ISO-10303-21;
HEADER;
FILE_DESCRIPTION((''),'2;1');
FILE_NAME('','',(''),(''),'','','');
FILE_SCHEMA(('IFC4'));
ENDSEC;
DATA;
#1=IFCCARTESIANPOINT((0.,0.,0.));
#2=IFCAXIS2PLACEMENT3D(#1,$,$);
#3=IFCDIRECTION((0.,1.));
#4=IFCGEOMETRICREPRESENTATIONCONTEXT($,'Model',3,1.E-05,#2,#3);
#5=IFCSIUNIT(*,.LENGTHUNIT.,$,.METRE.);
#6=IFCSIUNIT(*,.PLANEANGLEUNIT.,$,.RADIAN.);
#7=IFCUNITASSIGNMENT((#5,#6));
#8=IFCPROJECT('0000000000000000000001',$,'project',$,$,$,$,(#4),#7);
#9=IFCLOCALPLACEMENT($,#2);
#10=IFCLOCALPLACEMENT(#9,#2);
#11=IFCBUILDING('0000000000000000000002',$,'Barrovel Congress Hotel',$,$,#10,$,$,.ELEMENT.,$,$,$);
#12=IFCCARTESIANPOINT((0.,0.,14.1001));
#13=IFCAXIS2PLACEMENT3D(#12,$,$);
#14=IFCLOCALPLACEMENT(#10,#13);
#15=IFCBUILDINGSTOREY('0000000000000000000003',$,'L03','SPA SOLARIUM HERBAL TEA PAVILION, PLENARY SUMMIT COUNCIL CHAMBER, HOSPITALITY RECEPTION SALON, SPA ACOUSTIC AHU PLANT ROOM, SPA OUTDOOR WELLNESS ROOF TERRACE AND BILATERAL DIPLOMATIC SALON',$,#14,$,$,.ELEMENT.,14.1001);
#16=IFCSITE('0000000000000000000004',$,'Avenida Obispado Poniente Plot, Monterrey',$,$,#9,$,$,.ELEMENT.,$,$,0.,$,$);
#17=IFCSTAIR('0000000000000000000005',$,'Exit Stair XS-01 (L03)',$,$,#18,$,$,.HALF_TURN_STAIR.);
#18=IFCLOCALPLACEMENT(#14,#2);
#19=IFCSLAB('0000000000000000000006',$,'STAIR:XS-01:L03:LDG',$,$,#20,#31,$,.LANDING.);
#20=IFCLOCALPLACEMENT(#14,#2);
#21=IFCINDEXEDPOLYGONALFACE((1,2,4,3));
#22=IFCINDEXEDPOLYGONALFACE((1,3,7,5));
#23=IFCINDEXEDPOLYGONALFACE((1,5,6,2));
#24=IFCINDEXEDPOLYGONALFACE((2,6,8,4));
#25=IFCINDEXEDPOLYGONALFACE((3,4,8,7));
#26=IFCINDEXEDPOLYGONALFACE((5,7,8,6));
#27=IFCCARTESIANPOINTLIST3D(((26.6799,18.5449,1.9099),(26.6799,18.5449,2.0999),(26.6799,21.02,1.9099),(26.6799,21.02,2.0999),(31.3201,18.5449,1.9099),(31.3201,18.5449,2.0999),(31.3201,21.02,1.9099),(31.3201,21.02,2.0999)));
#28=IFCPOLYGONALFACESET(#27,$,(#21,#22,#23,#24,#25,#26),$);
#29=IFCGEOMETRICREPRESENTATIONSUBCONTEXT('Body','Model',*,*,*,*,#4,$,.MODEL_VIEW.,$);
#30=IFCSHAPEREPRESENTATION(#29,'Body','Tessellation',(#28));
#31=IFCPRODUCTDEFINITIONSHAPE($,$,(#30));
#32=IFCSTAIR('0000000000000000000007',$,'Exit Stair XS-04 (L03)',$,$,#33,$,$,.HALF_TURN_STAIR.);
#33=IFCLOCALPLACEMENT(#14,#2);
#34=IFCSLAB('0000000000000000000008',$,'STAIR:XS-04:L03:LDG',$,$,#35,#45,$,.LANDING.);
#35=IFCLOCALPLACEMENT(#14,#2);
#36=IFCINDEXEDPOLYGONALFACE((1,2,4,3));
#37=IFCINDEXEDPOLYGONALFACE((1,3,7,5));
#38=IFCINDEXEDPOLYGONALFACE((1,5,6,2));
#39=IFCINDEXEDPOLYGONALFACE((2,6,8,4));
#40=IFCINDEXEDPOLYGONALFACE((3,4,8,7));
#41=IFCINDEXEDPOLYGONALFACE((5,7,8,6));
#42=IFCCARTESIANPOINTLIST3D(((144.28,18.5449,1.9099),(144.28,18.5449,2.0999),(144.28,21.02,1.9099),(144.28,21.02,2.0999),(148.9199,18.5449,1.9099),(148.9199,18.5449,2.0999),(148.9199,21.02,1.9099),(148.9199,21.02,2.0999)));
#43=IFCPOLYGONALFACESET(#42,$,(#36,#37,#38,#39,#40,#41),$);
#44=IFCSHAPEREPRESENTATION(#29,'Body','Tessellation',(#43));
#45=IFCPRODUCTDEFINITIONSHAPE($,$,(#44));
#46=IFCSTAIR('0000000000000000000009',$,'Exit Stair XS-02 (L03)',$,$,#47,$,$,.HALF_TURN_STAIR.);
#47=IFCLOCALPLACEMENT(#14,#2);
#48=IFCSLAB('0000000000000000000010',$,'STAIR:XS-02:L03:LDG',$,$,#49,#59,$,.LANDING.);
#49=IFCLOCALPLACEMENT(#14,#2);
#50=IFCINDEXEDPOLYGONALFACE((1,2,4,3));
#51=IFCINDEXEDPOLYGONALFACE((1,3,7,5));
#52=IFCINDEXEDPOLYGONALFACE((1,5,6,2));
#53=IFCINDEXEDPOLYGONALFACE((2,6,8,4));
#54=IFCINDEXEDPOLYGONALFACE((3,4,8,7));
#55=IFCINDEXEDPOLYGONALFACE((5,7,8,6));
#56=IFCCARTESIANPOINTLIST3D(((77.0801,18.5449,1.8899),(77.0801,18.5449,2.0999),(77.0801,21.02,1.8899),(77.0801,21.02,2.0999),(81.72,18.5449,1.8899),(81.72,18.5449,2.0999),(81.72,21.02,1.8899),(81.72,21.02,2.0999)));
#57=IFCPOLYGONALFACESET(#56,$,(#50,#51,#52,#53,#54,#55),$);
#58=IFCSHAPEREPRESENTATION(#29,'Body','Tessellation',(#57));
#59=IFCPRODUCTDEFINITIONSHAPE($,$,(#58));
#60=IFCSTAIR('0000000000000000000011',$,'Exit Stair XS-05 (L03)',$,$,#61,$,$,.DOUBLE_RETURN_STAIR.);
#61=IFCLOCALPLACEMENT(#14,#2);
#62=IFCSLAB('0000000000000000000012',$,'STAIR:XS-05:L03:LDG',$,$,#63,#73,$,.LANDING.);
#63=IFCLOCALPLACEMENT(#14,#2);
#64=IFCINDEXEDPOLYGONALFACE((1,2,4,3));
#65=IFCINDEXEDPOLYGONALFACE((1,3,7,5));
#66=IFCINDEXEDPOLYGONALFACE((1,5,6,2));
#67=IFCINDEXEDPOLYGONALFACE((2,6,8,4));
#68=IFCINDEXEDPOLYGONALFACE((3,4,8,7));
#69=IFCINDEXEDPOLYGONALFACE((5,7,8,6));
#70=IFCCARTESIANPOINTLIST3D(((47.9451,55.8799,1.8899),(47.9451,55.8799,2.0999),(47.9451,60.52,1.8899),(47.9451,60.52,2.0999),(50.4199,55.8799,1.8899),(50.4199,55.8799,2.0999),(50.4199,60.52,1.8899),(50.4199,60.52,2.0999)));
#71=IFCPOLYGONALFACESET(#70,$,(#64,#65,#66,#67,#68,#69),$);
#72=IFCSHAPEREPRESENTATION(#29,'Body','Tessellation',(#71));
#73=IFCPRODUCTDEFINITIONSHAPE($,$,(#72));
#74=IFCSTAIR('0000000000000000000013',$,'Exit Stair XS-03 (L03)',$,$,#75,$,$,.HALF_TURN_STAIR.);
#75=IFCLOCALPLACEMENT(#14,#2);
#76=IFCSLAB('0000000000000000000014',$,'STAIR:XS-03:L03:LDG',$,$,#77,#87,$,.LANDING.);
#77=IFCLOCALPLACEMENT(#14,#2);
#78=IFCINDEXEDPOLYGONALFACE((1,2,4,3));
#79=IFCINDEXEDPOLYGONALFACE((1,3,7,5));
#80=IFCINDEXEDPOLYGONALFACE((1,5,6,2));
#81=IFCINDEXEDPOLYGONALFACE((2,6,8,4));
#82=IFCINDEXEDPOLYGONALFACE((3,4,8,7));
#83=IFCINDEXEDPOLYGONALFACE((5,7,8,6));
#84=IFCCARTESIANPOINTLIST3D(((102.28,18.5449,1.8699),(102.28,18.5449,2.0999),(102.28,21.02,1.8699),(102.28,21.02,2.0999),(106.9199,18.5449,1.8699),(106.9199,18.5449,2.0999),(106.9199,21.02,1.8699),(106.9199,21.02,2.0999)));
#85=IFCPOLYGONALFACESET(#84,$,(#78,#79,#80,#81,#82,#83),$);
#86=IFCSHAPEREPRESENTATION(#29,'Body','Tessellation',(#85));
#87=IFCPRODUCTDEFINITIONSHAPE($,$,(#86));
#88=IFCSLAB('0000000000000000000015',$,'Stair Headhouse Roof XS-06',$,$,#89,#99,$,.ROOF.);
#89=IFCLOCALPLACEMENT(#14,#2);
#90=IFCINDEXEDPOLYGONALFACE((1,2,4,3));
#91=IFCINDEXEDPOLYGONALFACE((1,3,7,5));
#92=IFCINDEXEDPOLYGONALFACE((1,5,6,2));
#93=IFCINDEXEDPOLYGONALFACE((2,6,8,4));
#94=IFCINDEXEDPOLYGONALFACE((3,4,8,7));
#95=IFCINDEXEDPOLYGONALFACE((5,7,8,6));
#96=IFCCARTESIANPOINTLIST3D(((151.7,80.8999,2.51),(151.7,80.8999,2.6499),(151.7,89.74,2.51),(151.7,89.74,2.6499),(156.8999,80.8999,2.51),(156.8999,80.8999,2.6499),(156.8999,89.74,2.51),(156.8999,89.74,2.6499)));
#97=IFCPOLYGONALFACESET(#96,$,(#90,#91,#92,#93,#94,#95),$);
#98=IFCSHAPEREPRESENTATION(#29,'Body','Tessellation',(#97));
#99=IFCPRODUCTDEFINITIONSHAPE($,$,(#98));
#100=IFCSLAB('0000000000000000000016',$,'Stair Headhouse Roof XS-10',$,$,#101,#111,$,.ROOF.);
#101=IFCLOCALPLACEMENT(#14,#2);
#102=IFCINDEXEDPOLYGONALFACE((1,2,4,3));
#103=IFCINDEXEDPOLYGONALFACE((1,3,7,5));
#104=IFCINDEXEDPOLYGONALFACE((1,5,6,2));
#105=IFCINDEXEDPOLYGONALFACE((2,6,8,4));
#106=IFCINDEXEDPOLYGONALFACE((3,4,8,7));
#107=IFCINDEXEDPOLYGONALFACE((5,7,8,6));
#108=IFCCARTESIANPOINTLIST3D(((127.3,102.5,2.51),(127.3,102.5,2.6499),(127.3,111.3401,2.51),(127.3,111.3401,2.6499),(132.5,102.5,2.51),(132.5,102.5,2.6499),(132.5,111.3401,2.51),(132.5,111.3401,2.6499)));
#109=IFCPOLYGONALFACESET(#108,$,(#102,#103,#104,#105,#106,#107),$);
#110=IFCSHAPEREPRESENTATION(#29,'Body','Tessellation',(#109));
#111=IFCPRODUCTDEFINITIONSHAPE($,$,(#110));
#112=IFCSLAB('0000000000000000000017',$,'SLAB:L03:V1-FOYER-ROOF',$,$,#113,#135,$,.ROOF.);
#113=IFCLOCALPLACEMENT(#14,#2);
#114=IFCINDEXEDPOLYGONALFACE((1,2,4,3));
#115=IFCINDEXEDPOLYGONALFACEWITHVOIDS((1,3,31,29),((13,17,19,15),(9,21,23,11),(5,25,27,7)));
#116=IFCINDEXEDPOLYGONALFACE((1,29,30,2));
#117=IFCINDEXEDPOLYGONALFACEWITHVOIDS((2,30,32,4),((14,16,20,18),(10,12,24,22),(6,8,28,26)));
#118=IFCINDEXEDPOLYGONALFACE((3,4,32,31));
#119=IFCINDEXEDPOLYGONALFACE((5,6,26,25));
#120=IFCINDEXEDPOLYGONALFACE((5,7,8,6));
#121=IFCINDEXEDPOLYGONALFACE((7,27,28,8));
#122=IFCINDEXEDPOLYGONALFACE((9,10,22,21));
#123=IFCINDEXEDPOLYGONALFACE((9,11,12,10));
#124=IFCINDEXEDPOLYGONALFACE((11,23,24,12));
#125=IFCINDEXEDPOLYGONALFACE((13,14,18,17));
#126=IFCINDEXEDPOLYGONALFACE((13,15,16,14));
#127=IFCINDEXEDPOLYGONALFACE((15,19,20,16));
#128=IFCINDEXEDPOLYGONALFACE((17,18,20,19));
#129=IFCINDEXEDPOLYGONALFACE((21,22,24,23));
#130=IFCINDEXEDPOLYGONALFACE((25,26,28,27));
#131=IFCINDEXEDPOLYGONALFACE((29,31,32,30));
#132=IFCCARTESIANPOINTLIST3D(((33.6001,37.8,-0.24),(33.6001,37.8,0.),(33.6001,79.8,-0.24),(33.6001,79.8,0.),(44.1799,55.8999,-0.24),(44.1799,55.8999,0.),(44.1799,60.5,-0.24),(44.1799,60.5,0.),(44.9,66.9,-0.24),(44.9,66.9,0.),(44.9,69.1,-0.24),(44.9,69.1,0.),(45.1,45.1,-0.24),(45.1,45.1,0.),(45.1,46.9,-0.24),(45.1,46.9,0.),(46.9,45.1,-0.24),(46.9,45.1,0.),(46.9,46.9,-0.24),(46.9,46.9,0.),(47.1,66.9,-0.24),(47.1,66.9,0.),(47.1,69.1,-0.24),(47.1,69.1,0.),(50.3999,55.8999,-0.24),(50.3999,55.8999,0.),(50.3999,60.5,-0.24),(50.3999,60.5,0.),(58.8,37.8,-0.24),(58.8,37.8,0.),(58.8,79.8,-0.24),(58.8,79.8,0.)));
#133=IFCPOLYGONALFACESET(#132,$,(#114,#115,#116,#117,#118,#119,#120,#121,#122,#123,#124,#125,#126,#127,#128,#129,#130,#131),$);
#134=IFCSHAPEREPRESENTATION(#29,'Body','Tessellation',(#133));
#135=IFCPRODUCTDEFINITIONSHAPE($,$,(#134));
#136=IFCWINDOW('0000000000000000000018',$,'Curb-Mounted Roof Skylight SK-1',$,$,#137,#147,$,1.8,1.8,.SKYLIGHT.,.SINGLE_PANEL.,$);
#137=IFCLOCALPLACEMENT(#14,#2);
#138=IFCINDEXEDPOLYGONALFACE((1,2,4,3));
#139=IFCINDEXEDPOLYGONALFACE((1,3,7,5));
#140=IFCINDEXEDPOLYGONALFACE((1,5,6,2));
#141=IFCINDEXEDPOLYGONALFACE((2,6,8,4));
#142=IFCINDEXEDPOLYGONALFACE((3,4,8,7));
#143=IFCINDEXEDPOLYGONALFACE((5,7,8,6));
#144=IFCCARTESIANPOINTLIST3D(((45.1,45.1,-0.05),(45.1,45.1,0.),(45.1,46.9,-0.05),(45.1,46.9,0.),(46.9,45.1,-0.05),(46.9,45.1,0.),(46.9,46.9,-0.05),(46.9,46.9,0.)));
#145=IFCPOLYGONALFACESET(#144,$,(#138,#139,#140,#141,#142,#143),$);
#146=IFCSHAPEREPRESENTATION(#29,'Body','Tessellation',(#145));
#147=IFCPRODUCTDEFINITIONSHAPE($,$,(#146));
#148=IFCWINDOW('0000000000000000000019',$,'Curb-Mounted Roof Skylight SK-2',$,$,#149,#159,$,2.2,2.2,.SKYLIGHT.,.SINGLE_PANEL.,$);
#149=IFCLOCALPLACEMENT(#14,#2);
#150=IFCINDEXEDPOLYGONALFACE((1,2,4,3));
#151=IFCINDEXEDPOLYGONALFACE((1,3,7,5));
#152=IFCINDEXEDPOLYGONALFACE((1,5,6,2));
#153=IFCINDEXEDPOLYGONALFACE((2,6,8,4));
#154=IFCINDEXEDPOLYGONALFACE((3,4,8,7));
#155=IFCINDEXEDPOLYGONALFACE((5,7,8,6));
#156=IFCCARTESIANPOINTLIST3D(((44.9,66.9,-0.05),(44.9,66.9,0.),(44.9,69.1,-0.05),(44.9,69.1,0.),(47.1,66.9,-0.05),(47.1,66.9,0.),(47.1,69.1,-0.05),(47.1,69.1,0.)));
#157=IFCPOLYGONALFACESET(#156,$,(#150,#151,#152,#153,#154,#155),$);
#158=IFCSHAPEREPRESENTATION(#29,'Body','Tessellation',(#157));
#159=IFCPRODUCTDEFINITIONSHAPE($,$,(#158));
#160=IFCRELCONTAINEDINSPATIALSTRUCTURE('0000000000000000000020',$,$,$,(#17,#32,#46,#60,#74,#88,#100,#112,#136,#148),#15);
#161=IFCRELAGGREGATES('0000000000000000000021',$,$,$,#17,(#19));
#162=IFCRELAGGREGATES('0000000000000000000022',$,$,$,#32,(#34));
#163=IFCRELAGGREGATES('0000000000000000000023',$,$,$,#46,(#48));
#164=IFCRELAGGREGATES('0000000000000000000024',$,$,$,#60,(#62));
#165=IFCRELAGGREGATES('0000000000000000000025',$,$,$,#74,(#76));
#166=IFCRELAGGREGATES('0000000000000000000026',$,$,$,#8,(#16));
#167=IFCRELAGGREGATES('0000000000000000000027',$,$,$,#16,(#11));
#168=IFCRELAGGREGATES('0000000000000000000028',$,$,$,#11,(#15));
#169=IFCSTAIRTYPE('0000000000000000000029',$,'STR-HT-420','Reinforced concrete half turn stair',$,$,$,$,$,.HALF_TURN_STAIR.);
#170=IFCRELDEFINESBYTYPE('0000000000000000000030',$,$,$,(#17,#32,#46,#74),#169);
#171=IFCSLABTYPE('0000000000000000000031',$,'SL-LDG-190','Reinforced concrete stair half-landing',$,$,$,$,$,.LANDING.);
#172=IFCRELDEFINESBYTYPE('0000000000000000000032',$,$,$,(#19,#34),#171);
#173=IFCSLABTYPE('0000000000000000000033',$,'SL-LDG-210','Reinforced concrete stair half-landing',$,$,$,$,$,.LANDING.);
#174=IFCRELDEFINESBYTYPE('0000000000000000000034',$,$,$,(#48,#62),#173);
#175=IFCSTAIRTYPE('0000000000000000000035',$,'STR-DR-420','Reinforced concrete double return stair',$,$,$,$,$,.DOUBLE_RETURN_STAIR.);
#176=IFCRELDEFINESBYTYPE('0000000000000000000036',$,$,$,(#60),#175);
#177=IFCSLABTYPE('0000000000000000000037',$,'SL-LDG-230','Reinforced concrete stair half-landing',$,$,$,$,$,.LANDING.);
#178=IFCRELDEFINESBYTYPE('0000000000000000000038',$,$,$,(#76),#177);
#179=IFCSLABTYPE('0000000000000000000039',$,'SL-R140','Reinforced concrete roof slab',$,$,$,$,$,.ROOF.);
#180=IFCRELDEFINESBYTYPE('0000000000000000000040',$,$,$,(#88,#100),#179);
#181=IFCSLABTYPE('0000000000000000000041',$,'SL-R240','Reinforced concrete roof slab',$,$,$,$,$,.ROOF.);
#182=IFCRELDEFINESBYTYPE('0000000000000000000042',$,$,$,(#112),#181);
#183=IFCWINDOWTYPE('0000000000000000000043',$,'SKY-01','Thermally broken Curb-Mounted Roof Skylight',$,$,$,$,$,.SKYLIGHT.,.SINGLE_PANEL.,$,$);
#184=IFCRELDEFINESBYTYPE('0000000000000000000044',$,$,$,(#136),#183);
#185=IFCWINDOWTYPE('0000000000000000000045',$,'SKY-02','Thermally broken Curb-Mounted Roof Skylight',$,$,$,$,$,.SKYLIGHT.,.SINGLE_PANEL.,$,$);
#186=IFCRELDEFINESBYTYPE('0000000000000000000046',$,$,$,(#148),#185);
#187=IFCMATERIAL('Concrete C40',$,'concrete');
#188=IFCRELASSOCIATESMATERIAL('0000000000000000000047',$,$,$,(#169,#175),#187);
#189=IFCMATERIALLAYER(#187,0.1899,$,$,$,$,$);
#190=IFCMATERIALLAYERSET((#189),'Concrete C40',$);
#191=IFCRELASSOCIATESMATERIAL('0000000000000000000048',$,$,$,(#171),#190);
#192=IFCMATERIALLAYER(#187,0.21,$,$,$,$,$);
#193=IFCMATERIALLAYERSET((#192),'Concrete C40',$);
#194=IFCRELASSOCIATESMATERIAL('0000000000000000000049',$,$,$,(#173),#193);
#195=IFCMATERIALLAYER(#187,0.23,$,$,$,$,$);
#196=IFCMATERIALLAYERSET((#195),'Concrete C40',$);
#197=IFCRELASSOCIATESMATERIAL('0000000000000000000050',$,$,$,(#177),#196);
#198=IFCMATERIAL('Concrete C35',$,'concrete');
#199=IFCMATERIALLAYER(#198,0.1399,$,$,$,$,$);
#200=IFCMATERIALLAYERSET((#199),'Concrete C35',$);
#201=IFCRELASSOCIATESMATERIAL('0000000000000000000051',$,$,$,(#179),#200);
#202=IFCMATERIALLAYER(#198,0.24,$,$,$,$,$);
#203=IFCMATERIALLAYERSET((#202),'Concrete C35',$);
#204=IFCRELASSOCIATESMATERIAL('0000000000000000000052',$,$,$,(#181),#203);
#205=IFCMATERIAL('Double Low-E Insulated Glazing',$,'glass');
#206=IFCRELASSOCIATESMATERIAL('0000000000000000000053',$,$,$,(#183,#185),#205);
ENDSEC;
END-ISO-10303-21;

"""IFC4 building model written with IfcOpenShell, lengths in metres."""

from ifc_helpers import new_model, si_unit, direction, frame, origin, origin_2d, place, context, subcontext, project, spatial, polyline, rectangle, outline, extrude, material, layer, layer_set, type_object, element, fill, aggregate, save


model = new_model("IFC4")

# Units and contexts
model_context = context("Model", 3, precision=1e-05, world=origin(), true_north=direction((0.0, 1.0)))
body_context = subcontext(model_context, "Body", "Model", "MODEL_VIEW")
ifc_project = project(units=[si_unit("LENGTHUNIT", "METRE"), si_unit("PLANEANGLEUNIT", "RADIAN")], contexts=[model_context])

# Site, building, storey
site_placement = place(None, origin())
site = spatial("IfcSite", under=ifc_project, at=site_placement, Name="Avenida Obispado Poniente Plot, Monterrey", CompositionType="ELEMENT", RefElevation=0.0)
building_placement = place(site_placement, origin())
building = spatial("IfcBuilding", under=site, at=building_placement, Name="Barrovel Congress Hotel", CompositionType="ELEMENT")
storey_placement = place(building_placement, frame((0.0, 0.0, 14.1001)))
storey = spatial("IfcBuildingStorey", under=building, at=storey_placement, Name="L03", Description="SPA SOLARIUM HERBAL TEA PAVILION, PLENARY SUMMIT COUNCIL CHAMBER, HOSPITALITY RECEPTION SALON, SPA ACOUSTIC AHU PLANT ROOM, SPA OUTDOOR WELLNESS ROOF TERRACE AND BILATERAL DIPLOMATIC SALON", CompositionType="ELEMENT", Elevation=14.1001)

# Shared definitions
ifc_material_1 = material(Name="Concrete C40", Category="concrete")

# Shared definitions
ifc_material_2 = material(Name="Concrete C35", Category="concrete")

# Stairs, slabs
stair_type_1 = type_object("IfcStairType", Name="STR-HT-420", Description="Reinforced concrete half turn stair", PredefinedType="HALF_TURN_STAIR", material=ifc_material_1)
stair_1_placement = place(storey_placement, origin())
stair_1 = element("IfcStair", 1, at=stair_1_placement, inside=storey, type_object=stair_type_1, Name="Exit Stair XS-01 (L03)", PredefinedType="HALF_TURN_STAIR")
ifc_layer_1 = layer(ifc_material_1, 0.1899)
ifc_layer_set_1 = layer_set([ifc_layer_1], Name="Concrete C40")
slab_type_1 = type_object("IfcSlabType", Name="SL-LDG-190", Description="Reinforced concrete stair half-landing", PredefinedType="LANDING", material=ifc_layer_set_1)
slab_1_placement = place(storey_placement, frame((0.0, 0.0, 1.9099)))
slab_1 = element("IfcSlab", 2, at=slab_1_placement, type_object=slab_type_1, Name="STAIR:XS-01:L03:LDG", PredefinedType="LANDING", context=body_context, shape_type="SweptSolid", body=[
    extrude(outline(polyline([(26.6799, 18.5449), (31.3201, 18.5449), (31.3201, 21.02), (26.6799, 21.02), (26.6799, 18.5449)])), origin(), (0.0, 0.0, 1.0), 0.1899),
])
aggregate(stair_1, [slab_1])
stair_2_placement = place(storey_placement, origin())
stair_2 = element("IfcStair", 3, at=stair_2_placement, inside=storey, type_object=stair_type_1, Name="Exit Stair XS-04 (L03)", PredefinedType="HALF_TURN_STAIR")
slab_2_placement = place(storey_placement, frame((0.0, 0.0, 1.9099)))
slab_2 = element("IfcSlab", 4, at=slab_2_placement, type_object=slab_type_1, Name="STAIR:XS-04:L03:LDG", PredefinedType="LANDING", context=body_context, shape_type="SweptSolid", body=[
    extrude(outline(polyline([(144.28, 18.5449), (148.9199, 18.5449), (148.9199, 21.02), (144.28, 21.02), (144.28, 18.5449)])), origin(), (0.0, 0.0, 1.0), 0.1899),
])
aggregate(stair_2, [slab_2])
stair_3_placement = place(storey_placement, origin())
stair_3 = element("IfcStair", 5, at=stair_3_placement, inside=storey, type_object=stair_type_1, Name="Exit Stair XS-02 (L03)", PredefinedType="HALF_TURN_STAIR")
ifc_layer_2 = layer(ifc_material_1, 0.21)
ifc_layer_set_2 = layer_set([ifc_layer_2], Name="Concrete C40")
slab_type_2 = type_object("IfcSlabType", Name="SL-LDG-210", Description="Reinforced concrete stair half-landing", PredefinedType="LANDING", material=ifc_layer_set_2)
slab_3_placement = place(storey_placement, frame((0.0, 0.0, 1.8899)))
slab_3 = element("IfcSlab", 6, at=slab_3_placement, type_object=slab_type_2, Name="STAIR:XS-02:L03:LDG", PredefinedType="LANDING", context=body_context, shape_type="SweptSolid", body=[
    extrude(outline(polyline([(77.0801, 18.5449), (81.72, 18.5449), (81.72, 21.02), (77.0801, 21.02), (77.0801, 18.5449)])), origin(), (0.0, 0.0, 1.0), 0.21),
])
aggregate(stair_3, [slab_3])
stair_type_2 = type_object("IfcStairType", Name="STR-DR-420", Description="Reinforced concrete double return stair", PredefinedType="DOUBLE_RETURN_STAIR", material=ifc_material_1)
stair_4_placement = place(storey_placement, origin())
stair_4 = element("IfcStair", 7, at=stair_4_placement, inside=storey, type_object=stair_type_2, Name="Exit Stair XS-05 (L03)", PredefinedType="DOUBLE_RETURN_STAIR")
slab_4_placement = place(storey_placement, frame((0.0, 0.0, 1.8899)))
slab_4 = element("IfcSlab", 8, at=slab_4_placement, type_object=slab_type_2, Name="STAIR:XS-05:L03:LDG", PredefinedType="LANDING", context=body_context, shape_type="SweptSolid", body=[
    extrude(outline(polyline([(47.9451, 55.8799), (50.4199, 55.8799), (50.4199, 60.52), (47.9451, 60.52), (47.9451, 55.8799)])), origin(), (0.0, 0.0, 1.0), 0.21),
])
aggregate(stair_4, [slab_4])
stair_5_placement = place(storey_placement, origin())
stair_5 = element("IfcStair", 9, at=stair_5_placement, inside=storey, type_object=stair_type_1, Name="Exit Stair XS-03 (L03)", PredefinedType="HALF_TURN_STAIR")
ifc_layer_3 = layer(ifc_material_1, 0.23)
ifc_layer_set_3 = layer_set([ifc_layer_3], Name="Concrete C40")
slab_type_3 = type_object("IfcSlabType", Name="SL-LDG-230", Description="Reinforced concrete stair half-landing", PredefinedType="LANDING", material=ifc_layer_set_3)
slab_5_placement = place(storey_placement, frame((0.0, 0.0, 1.8699)))
slab_5 = element("IfcSlab", 10, at=slab_5_placement, type_object=slab_type_3, Name="STAIR:XS-03:L03:LDG", PredefinedType="LANDING", context=body_context, shape_type="SweptSolid", body=[
    extrude(outline(polyline([(102.28, 18.5449), (106.9199, 18.5449), (106.9199, 21.02), (102.28, 21.02), (102.28, 18.5449)])), origin(), (0.0, 0.0, 1.0), 0.23),
])
aggregate(stair_5, [slab_5])

# Slabs
ifc_layer_4 = layer(ifc_material_2, 0.1399)
ifc_layer_set_4 = layer_set([ifc_layer_4], Name="Concrete C35")
slab_type_4 = type_object("IfcSlabType", Name="SL-R140", Description="Reinforced concrete roof slab", PredefinedType="ROOF", material=ifc_layer_set_4)
slab_6_placement = place(storey_placement, frame((0.0, 0.0, 2.51)))
element("IfcSlab", 11, at=slab_6_placement, inside=storey, type_object=slab_type_4, Name="Stair Headhouse Roof XS-06", PredefinedType="ROOF", context=body_context, shape_type="SweptSolid", body=[
    extrude(outline(polyline([(151.7, 80.8999), (156.8999, 80.8999), (156.8999, 89.74), (151.7, 89.74), (151.7, 80.8999)])), origin(), (0.0, 0.0, 1.0), 0.1399),
])
slab_7_placement = place(storey_placement, frame((0.0, 0.0, 2.51)))
element("IfcSlab", 12, at=slab_7_placement, inside=storey, type_object=slab_type_4, Name="Stair Headhouse Roof XS-10", PredefinedType="ROOF", context=body_context, shape_type="SweptSolid", body=[
    extrude(outline(polyline([(127.3, 102.5), (132.5, 102.5), (132.5, 111.3401), (127.3, 111.3401), (127.3, 102.5)])), origin(), (0.0, 0.0, 1.0), 0.1399),
])

# Slab, openings, windows
ifc_layer_5 = layer(ifc_material_2, 0.24)
ifc_layer_set_5 = layer_set([ifc_layer_5], Name="Concrete C35")
slab_type_5 = type_object("IfcSlabType", Name="SL-R240", Description="Reinforced concrete roof slab", PredefinedType="ROOF", material=ifc_layer_set_5)
slab_8_placement = place(storey_placement, frame((0.0, 0.0, -0.24)))
slab_8 = element("IfcSlab", 13, at=slab_8_placement, inside=storey, type_object=slab_type_5, Name="SLAB:L03:V1-FOYER-ROOF", PredefinedType="ROOF", context=body_context, shape_type="SweptSolid", body=[
    extrude(outline(polyline([(33.6001, 37.8), (58.8, 37.8), (58.8, 79.8), (33.6001, 79.8), (33.6001, 37.8)]), holes=[polyline([(44.1799, 55.8999), (44.1799, 60.5), (50.3999, 60.5), (50.3999, 55.8999), (44.1799, 55.8999)])]), origin(), (0.0, 0.0, 1.0), 0.24),
])
opening_1_placement = place(slab_8_placement, frame((46.0, 46.0, -0.01)))
opening_1 = element("IfcOpeningElement", 14, at=opening_1_placement, cuts=slab_8, PredefinedType="OPENING", context=body_context, shape_type="SweptSolid", body=[
    extrude(rectangle(XDim=1.8, YDim=1.8, at=origin_2d()), origin(), (0.0, 0.0, 1.0), 0.26),
])
opening_2_placement = place(slab_8_placement, frame((46.0, 68.0, -0.01)))
opening_2 = element("IfcOpeningElement", 15, at=opening_2_placement, cuts=slab_8, PredefinedType="OPENING", context=body_context, shape_type="SweptSolid", body=[
    extrude(rectangle(XDim=2.2, YDim=2.2, at=origin_2d()), origin(), (0.0, 0.0, 1.0), 0.26),
])
ifc_material_3 = material(Name="Double Low-E Insulated Glazing", Category="glass")
window_type_1 = type_object("IfcWindowType", Name="SKY-01", Description="Thermally broken Curb-Mounted Roof Skylight", PartitioningType="SINGLE_PANEL", PredefinedType="SKYLIGHT", material=ifc_material_3)
window_1_placement = place(slab_8_placement, frame((46.0, 46.0, 0.1899)))
window_1 = element("IfcWindow", 16, at=window_1_placement, inside=storey, type_object=window_type_1, Name="Curb-Mounted Roof Skylight SK-1", OverallHeight=1.8, OverallWidth=1.8, PartitioningType="SINGLE_PANEL", PredefinedType="SKYLIGHT", context=body_context, shape_type="SweptSolid", body=[
    extrude(rectangle(XDim=1.8, YDim=1.8, at=origin_2d()), origin(), (0.0, 0.0, 1.0), 0.05),
])
fill(opening_1, window_1)
window_type_2 = type_object("IfcWindowType", Name="SKY-02", Description="Thermally broken Curb-Mounted Roof Skylight", PartitioningType="SINGLE_PANEL", PredefinedType="SKYLIGHT", material=ifc_material_3)
window_2_placement = place(slab_8_placement, frame((46.0, 68.0, 0.1899)))
window_2 = element("IfcWindow", 17, at=window_2_placement, inside=storey, type_object=window_type_2, Name="Curb-Mounted Roof Skylight SK-2", OverallHeight=2.2, OverallWidth=2.2, PartitioningType="SINGLE_PANEL", PredefinedType="SKYLIGHT", context=body_context, shape_type="SweptSolid", body=[
    extrude(rectangle(XDim=2.2, YDim=2.2, at=origin_2d()), origin(), (0.0, 0.0, 1.0), 0.05),
])
fill(opening_2, window_2)

save(model, "model.ifc")
